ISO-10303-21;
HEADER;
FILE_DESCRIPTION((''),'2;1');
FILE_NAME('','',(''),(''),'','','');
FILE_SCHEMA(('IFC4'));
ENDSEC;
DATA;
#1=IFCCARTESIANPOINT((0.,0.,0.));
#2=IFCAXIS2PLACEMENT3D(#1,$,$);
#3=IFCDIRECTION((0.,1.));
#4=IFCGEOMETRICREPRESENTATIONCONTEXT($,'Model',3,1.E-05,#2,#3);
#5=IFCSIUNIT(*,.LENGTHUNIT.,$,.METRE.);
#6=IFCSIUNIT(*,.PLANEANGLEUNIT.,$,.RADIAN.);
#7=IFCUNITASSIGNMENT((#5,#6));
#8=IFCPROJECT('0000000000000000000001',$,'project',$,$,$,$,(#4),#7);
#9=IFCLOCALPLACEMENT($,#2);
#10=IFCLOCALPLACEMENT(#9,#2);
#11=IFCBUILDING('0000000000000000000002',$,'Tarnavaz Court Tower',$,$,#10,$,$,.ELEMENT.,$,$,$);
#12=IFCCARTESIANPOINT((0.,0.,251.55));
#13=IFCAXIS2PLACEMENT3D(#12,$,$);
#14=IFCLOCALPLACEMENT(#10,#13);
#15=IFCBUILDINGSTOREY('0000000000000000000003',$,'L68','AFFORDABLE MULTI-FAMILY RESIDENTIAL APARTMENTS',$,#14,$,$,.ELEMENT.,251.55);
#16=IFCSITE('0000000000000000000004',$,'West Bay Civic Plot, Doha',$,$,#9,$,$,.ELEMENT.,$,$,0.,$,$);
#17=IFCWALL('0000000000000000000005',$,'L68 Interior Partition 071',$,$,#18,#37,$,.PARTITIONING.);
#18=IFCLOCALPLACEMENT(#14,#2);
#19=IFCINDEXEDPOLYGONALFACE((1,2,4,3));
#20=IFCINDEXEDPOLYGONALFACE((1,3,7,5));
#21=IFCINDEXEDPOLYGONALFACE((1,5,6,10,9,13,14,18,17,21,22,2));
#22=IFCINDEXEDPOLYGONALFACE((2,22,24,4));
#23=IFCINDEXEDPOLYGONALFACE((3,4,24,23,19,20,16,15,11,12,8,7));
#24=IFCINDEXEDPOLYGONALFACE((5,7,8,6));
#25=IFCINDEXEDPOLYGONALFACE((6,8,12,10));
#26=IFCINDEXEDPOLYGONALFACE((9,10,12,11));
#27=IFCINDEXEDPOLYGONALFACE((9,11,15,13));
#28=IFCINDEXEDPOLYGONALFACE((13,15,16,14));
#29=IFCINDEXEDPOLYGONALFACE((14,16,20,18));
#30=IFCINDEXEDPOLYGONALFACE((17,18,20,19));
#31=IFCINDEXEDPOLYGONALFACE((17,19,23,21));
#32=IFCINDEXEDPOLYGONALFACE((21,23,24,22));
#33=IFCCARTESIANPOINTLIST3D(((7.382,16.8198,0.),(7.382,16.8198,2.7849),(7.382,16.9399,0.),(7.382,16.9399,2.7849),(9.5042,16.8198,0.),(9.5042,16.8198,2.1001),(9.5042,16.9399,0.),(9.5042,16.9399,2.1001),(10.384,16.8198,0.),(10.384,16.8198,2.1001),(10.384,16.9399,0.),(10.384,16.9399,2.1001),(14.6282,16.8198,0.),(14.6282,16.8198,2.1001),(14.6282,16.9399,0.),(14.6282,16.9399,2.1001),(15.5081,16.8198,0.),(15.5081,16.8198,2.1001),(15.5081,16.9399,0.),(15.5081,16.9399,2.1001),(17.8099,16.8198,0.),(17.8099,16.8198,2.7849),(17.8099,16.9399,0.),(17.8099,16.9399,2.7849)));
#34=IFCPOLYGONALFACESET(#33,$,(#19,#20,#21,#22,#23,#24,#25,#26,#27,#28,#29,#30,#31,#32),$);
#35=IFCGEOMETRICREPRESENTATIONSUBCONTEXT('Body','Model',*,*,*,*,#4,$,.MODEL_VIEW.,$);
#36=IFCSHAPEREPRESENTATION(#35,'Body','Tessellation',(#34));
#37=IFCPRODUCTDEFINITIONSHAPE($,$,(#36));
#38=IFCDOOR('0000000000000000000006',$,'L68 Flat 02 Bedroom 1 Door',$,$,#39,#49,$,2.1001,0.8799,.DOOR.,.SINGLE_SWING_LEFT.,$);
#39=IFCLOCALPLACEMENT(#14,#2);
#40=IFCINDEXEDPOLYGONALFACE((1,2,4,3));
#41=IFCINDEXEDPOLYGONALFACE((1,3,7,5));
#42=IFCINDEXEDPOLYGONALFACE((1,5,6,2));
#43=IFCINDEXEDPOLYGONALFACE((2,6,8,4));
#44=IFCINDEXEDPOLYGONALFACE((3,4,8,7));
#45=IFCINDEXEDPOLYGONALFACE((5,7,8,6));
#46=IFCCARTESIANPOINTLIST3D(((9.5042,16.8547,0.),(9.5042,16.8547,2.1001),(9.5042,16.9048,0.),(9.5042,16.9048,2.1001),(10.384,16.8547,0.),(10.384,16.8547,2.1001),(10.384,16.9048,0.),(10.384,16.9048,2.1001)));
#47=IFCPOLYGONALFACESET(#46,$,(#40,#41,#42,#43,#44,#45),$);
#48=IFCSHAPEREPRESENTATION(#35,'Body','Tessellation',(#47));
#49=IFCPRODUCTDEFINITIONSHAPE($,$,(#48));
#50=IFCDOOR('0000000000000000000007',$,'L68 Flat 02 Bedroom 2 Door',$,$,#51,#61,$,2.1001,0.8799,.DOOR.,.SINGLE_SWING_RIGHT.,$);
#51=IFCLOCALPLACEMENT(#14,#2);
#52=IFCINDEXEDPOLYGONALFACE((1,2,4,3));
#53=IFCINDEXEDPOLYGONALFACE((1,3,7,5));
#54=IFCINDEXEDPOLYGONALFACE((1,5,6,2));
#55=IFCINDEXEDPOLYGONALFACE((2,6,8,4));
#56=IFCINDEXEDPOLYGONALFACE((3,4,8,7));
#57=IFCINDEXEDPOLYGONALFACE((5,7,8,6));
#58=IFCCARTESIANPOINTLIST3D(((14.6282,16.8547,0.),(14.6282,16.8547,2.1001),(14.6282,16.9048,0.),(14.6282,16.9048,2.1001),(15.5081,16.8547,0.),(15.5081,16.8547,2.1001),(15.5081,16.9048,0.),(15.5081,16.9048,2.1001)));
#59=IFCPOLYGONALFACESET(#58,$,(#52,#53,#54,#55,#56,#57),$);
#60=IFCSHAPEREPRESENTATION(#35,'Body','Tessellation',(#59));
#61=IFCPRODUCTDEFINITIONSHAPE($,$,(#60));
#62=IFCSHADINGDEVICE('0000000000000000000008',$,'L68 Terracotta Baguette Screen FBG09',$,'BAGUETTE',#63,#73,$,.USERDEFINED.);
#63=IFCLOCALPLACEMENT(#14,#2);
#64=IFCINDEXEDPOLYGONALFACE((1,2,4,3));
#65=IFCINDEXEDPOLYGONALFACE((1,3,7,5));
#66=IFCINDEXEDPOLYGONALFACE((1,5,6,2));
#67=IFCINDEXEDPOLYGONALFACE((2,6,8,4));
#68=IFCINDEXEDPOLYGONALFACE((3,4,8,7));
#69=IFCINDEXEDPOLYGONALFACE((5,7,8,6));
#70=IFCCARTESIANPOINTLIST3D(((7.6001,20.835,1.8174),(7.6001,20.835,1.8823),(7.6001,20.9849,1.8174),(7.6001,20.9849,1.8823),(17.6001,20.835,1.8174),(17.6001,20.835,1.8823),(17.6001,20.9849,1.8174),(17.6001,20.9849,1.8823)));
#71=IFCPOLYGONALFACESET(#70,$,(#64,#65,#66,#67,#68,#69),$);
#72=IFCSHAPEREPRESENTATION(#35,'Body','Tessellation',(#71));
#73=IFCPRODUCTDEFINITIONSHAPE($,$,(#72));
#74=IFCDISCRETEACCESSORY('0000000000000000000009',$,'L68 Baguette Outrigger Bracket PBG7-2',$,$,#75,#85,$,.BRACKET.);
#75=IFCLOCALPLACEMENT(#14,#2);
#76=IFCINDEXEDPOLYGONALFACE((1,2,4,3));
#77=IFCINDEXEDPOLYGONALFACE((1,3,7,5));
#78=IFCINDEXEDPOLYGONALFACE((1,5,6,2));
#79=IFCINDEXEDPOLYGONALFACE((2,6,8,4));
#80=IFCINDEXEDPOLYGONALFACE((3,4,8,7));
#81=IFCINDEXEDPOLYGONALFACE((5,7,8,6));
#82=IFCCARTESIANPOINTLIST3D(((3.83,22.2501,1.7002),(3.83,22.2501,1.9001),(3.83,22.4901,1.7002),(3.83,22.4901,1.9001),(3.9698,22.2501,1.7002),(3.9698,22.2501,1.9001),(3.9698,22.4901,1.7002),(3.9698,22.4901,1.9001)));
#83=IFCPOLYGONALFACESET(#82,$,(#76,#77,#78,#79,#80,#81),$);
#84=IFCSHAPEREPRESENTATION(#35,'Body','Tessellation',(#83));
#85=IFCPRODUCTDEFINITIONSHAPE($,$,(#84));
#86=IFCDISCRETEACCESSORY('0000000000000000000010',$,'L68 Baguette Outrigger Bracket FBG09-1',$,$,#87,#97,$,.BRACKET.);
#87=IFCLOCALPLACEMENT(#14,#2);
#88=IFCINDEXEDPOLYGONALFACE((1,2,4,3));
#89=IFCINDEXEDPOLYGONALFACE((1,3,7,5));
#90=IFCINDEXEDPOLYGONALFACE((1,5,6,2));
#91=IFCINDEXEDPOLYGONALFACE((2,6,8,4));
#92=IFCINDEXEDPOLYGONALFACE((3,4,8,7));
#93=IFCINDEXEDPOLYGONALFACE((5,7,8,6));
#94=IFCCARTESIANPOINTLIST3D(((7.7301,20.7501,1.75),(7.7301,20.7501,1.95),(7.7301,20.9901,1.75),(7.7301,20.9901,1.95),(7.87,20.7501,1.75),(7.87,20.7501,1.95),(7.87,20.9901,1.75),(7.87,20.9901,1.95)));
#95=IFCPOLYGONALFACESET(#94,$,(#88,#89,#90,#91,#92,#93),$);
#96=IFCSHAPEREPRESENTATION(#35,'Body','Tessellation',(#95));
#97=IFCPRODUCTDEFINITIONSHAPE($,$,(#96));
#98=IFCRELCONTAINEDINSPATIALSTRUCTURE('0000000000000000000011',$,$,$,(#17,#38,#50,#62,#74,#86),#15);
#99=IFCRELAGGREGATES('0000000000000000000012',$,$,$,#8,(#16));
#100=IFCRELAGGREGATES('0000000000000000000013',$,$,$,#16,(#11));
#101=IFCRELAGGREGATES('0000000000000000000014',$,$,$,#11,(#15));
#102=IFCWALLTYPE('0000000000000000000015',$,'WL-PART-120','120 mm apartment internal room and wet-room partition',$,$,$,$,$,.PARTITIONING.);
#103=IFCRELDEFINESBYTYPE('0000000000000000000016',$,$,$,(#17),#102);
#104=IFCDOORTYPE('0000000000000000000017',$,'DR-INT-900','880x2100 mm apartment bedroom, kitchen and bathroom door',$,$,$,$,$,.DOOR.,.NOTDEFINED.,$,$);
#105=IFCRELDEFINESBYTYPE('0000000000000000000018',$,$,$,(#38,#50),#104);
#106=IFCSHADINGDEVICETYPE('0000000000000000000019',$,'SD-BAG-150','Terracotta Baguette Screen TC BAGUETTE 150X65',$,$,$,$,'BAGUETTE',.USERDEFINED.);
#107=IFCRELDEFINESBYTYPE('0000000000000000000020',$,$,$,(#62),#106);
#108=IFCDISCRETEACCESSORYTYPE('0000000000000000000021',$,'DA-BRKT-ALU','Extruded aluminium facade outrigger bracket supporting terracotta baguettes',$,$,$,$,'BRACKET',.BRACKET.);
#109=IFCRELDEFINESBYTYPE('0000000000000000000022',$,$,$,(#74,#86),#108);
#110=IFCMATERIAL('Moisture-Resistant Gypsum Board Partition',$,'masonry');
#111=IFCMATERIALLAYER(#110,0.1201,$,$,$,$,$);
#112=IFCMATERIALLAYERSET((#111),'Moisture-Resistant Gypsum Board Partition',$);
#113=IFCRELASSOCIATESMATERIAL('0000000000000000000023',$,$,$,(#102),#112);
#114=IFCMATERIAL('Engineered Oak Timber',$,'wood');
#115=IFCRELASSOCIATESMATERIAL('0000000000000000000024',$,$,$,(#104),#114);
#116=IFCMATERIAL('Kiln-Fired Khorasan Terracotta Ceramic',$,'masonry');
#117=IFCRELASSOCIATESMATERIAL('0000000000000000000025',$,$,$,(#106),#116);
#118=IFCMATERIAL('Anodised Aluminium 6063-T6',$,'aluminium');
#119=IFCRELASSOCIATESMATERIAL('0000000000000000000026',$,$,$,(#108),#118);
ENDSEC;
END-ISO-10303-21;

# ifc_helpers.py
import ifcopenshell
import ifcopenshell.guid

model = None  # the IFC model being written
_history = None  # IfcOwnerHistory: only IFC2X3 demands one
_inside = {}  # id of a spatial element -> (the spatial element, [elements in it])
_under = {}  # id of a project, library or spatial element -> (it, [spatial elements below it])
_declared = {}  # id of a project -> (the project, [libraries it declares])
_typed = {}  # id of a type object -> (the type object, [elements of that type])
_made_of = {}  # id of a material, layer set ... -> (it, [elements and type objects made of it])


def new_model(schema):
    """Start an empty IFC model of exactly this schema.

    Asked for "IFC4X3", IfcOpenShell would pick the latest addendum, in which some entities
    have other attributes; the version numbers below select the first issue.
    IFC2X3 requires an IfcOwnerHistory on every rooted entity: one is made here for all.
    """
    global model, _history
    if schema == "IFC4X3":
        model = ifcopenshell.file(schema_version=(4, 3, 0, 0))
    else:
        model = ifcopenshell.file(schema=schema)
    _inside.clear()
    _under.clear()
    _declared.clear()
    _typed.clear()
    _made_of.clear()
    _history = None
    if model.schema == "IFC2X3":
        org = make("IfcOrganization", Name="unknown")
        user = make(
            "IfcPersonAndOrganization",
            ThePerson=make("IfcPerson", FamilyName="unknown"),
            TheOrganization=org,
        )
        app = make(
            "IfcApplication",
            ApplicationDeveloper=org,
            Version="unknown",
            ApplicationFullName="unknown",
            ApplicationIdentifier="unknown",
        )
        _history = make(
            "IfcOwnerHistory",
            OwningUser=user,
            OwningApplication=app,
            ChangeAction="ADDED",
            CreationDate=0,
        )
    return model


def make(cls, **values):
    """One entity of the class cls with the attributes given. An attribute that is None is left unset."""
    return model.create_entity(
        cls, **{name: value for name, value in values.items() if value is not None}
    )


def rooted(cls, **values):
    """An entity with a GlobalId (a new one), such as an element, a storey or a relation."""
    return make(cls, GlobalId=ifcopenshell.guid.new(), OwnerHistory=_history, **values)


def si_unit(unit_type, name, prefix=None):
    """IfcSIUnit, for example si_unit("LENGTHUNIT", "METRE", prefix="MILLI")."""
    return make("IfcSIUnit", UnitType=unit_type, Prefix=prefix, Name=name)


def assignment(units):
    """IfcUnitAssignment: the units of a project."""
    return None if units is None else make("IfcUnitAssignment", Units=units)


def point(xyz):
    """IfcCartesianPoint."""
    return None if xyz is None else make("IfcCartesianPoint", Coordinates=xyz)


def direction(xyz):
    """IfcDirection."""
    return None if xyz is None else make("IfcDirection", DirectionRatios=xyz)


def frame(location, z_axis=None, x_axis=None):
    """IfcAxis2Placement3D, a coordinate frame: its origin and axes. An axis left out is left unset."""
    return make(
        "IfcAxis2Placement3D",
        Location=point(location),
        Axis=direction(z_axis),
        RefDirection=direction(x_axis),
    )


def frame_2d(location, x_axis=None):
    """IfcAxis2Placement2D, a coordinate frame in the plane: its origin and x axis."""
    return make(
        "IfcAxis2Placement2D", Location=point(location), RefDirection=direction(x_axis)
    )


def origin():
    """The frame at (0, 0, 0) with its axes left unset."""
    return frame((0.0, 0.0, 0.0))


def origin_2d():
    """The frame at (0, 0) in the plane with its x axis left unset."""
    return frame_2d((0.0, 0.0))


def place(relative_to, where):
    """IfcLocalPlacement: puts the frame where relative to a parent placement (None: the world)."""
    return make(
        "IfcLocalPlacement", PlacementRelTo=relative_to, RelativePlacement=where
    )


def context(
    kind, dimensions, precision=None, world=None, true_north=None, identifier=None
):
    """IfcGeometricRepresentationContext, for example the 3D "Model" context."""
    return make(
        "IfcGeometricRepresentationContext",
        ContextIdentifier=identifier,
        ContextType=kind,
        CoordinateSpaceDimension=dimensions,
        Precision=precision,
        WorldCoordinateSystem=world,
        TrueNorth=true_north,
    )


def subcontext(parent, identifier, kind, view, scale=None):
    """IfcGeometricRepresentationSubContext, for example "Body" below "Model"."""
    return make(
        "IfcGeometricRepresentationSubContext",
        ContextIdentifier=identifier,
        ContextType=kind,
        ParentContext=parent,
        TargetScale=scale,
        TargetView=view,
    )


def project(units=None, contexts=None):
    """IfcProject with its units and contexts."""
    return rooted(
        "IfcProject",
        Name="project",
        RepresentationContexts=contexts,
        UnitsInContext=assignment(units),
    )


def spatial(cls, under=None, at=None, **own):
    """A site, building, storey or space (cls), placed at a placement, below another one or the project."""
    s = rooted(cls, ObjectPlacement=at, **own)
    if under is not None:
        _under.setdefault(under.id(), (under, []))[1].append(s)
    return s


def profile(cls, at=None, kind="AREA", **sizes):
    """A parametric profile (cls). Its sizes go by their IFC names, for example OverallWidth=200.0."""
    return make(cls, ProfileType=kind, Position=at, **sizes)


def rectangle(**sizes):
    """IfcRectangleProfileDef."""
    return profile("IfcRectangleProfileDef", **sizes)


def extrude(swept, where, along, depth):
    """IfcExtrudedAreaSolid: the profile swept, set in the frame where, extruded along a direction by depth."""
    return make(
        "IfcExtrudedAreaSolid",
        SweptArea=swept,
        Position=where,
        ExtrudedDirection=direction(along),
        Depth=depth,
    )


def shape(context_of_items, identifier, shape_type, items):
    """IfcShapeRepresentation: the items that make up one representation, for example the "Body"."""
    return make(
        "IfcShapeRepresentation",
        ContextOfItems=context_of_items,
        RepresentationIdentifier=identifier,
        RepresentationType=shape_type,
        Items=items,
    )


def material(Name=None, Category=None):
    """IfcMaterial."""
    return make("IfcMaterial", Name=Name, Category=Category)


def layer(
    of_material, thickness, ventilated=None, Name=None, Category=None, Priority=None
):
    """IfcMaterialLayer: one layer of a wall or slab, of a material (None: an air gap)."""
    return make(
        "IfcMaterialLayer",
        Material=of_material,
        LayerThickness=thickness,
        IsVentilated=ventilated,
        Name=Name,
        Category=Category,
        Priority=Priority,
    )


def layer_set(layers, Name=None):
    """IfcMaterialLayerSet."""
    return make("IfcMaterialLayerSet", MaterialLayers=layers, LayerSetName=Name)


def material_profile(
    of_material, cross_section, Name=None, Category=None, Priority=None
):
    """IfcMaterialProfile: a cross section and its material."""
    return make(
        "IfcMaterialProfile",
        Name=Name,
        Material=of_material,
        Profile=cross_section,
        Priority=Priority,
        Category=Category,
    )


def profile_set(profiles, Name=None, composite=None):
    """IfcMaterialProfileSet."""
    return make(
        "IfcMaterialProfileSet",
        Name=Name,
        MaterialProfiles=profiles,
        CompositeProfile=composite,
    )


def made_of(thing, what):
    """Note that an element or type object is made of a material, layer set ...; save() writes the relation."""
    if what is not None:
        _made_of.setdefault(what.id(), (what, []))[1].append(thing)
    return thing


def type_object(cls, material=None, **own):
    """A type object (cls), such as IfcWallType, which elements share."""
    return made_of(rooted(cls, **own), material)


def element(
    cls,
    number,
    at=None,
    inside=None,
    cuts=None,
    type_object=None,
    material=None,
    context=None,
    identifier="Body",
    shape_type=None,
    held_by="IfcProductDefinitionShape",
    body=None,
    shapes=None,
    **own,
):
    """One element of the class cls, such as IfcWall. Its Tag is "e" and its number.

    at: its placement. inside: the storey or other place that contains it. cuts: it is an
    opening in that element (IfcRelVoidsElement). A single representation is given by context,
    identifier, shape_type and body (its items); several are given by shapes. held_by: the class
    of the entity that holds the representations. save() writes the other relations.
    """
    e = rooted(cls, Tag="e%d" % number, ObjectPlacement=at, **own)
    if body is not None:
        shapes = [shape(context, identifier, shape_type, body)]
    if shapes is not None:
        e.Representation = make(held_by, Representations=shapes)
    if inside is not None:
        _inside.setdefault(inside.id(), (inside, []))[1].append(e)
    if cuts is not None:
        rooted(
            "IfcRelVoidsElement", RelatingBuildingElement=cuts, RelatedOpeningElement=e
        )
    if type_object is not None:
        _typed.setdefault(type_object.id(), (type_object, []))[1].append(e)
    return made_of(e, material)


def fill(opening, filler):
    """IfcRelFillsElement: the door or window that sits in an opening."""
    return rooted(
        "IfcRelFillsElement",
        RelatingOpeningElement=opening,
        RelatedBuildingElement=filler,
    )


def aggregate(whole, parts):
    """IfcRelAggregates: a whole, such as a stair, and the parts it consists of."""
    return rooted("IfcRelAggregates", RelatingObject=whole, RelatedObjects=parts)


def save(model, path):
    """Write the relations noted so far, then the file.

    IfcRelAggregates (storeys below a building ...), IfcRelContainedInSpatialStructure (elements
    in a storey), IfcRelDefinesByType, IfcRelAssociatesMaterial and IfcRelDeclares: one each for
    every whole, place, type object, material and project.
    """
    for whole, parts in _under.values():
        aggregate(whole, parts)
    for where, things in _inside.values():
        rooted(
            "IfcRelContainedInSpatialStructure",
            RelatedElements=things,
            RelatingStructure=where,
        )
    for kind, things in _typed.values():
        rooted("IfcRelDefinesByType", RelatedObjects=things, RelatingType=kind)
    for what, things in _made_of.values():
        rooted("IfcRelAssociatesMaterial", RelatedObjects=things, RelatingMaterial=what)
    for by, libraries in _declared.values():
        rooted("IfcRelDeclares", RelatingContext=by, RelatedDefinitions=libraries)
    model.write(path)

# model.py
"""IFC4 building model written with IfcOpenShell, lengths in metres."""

from ifc_helpers import new_model, si_unit, direction, frame, frame_2d, origin, origin_2d, place, context, subcontext, project, spatial, rectangle, extrude, material, layer, layer_set, material_profile, profile_set, type_object, element, fill, save


model = new_model("IFC4")

# Units and contexts
model_context = context("Model", 3, precision=1e-05, world=origin(), true_north=direction((0.0, 1.0)))
body_context = subcontext(model_context, "Body", "Model", "MODEL_VIEW")
ifc_project = project(units=[si_unit("LENGTHUNIT", "METRE"), si_unit("PLANEANGLEUNIT", "RADIAN")], contexts=[model_context])

# Site, building, storey
site_placement = place(None, origin())
site = spatial("IfcSite", under=ifc_project, at=site_placement, Name="West Bay Civic Plot, Doha", CompositionType="ELEMENT", RefElevation=0.0)
building_placement = place(site_placement, origin())
building = spatial("IfcBuilding", under=site, at=building_placement, Name="Tarnavaz Court Tower", CompositionType="ELEMENT")
storey_placement = place(building_placement, frame((0.0, 0.0, 251.55)))
storey = spatial("IfcBuildingStorey", under=building, at=storey_placement, Name="L68", Description="AFFORDABLE MULTI-FAMILY RESIDENTIAL APARTMENTS", CompositionType="ELEMENT", Elevation=251.55)

# Shared definitions
ifc_material_1 = material(Name="Anodised Aluminium 6063-T6", Category="aluminium")

# Wall, openings, doors
ifc_material_2 = material(Name="Moisture-Resistant Gypsum Board Partition", Category="masonry")
ifc_layer_1 = layer(ifc_material_2, 0.1201)
ifc_layer_set_1 = layer_set([ifc_layer_1], Name="Moisture-Resistant Gypsum Board Partition")
wall_type_1 = type_object("IfcWallType", Name="WL-PART-120", Description="120 mm apartment internal room and wet-room partition", PredefinedType="PARTITIONING", material=ifc_layer_set_1)
wall_1_placement = place(storey_placement, frame((7.3821, 16.8799, 0.0), z_axis=(0.0, 0.0, 1.0), x_axis=(1.0, 0.0, 0.0)))
wall_1 = element("IfcWall", 1, at=wall_1_placement, inside=storey, type_object=wall_type_1, Name="L68 Interior Partition 071", PredefinedType="PARTITIONING", context=body_context, shape_type="SweptSolid", body=[
    extrude(rectangle(XDim=10.428, YDim=0.1201, at=frame_2d((5.2139, 0.0))), origin(), (0.0, 0.0, 1.0), 2.7849),
])
opening_1_placement = place(wall_1_placement, frame((2.1221, 0.0, 0.0)))
opening_1 = element("IfcOpeningElement", 2, at=opening_1_placement, cuts=wall_1, PredefinedType="OPENING", context=body_context, shape_type="SweptSolid", body=[
    extrude(rectangle(XDim=0.8799, YDim=2.1001, at=frame_2d((0.4399, 1.05))), frame((0.0, 0.0701, 0.0), z_axis=(0.0, -1.0, 0.0), x_axis=(1.0, 0.0, 0.0)), (0.0, 0.0, 1.0), 0.1401),
])
opening_2_placement = place(wall_1_placement, frame((7.2461, 0.0, 0.0)))
opening_2 = element("IfcOpeningElement", 3, at=opening_2_placement, cuts=wall_1, PredefinedType="OPENING", context=body_context, shape_type="SweptSolid", body=[
    extrude(rectangle(XDim=0.8799, YDim=2.1001, at=frame_2d((0.4399, 1.05))), frame((0.0, 0.0701, 0.0), z_axis=(0.0, -1.0, 0.0), x_axis=(1.0, 0.0, 0.0)), (0.0, 0.0, 1.0), 0.1401),
])
ifc_material_3 = material(Name="Engineered Oak Timber", Category="wood")
door_type = type_object("IfcDoorType", Name="DR-INT-900", Description="880x2100 mm apartment bedroom, kitchen and bathroom door", OperationType="NOTDEFINED", PredefinedType="DOOR", material=ifc_material_3)
door_1_placement = place(opening_1_placement, origin())
door_1 = element("IfcDoor", 4, at=door_1_placement, inside=storey, type_object=door_type, Name="L68 Flat 02 Bedroom 1 Door", OperationType="SINGLE_SWING_LEFT", OverallHeight=2.1001, OverallWidth=0.8799, PredefinedType="DOOR", context=body_context, shape_type="SweptSolid", body=[
    extrude(rectangle(XDim=0.8799, YDim=2.1001, at=frame_2d((0.4399, 1.05))), frame((0.0, 0.0249, 0.0), z_axis=(0.0, -1.0, 0.0), x_axis=(1.0, 0.0, 0.0)), (0.0, 0.0, 1.0), 0.05),
])
fill(opening_1, door_1)
door_2_placement = place(opening_2_placement, origin())
door_2 = element("IfcDoor", 5, at=door_2_placement, inside=storey, type_object=door_type, Name="L68 Flat 02 Bedroom 2 Door", OperationType="SINGLE_SWING_RIGHT", OverallHeight=2.1001, OverallWidth=0.8799, PredefinedType="DOOR", context=body_context, shape_type="SweptSolid", body=[
    extrude(rectangle(XDim=0.8799, YDim=2.1001, at=frame_2d((0.4399, 1.05))), frame((0.0, 0.0249, 0.0), z_axis=(0.0, -1.0, 0.0), x_axis=(1.0, 0.0, 0.0)), (0.0, 0.0, 1.0), 0.05),
])
fill(opening_2, door_2)

# Shading device
ifc_material_4 = material(Name="Kiln-Fired Khorasan Terracotta Ceramic", Category="masonry")
ifc_material_profile_1 = material_profile(ifc_material_4, rectangle(XDim=0.1499, YDim=0.0649, at=origin_2d()), Name="TC BAGUETTE 150X65")
ifc_profile_set_1 = profile_set([ifc_material_profile_1], Name="Kiln-Fired Khorasan Terracotta Ceramic")
shading_device_type = type_object("IfcShadingDeviceType", Name="SD-BAG-150", Description="Terracotta Baguette Screen TC BAGUETTE 150X65", ElementType="BAGUETTE", PredefinedType="USERDEFINED", material=ifc_profile_set_1)
shading_device_placement = place(storey_placement, frame((7.6001, 20.9099, 1.8499), z_axis=(1.0, 0.0, 0.0), x_axis=(0.0, 1.0, 0.0)))
element("IfcShadingDevice", 6, at=shading_device_placement, inside=storey, type_object=shading_device_type, Name="L68 Terracotta Baguette Screen FBG09", ObjectType="BAGUETTE", PredefinedType="USERDEFINED", context=body_context, shape_type="SweptSolid", body=[
    extrude(rectangle(XDim=0.1499, YDim=0.0649, at=origin_2d()), origin(), (0.0, 0.0, 1.0), 10.0),
])

# Discrete accessories
discrete_accessory_type = type_object("IfcDiscreteAccessoryType", Name="DA-BRKT-ALU", Description="Extruded aluminium facade outrigger bracket supporting terracotta baguettes", ElementType="BRACKET", PredefinedType="BRACKET", material=ifc_material_1)
for number, where, z_axis, x_axis, name in (
    (7, (3.8999, 22.3701, 1.7002), (0.0, 0.0, 1.0), (1.0, 0.0, 0.0), "L68 Baguette Outrigger Bracket PBG7-2"),
    (8, (7.8, 20.8701, 1.75), (0.0, 0.0, 1.0), (1.0, 0.0, 0.0), "L68 Baguette Outrigger Bracket FBG09-1"),
):
    element("IfcDiscreteAccessory", number, at=place(storey_placement, frame(where, z_axis=z_axis, x_axis=x_axis)), inside=storey, type_object=discrete_accessory_type, Name=name, PredefinedType="BRACKET", context=body_context, shape_type="SweptSolid", body=[
        extrude(rectangle(XDim=0.1399, YDim=0.24, at=origin_2d()), origin(), (0.0, 0.0, 1.0), 0.2),
    ])

save(model, "model.ifc")
